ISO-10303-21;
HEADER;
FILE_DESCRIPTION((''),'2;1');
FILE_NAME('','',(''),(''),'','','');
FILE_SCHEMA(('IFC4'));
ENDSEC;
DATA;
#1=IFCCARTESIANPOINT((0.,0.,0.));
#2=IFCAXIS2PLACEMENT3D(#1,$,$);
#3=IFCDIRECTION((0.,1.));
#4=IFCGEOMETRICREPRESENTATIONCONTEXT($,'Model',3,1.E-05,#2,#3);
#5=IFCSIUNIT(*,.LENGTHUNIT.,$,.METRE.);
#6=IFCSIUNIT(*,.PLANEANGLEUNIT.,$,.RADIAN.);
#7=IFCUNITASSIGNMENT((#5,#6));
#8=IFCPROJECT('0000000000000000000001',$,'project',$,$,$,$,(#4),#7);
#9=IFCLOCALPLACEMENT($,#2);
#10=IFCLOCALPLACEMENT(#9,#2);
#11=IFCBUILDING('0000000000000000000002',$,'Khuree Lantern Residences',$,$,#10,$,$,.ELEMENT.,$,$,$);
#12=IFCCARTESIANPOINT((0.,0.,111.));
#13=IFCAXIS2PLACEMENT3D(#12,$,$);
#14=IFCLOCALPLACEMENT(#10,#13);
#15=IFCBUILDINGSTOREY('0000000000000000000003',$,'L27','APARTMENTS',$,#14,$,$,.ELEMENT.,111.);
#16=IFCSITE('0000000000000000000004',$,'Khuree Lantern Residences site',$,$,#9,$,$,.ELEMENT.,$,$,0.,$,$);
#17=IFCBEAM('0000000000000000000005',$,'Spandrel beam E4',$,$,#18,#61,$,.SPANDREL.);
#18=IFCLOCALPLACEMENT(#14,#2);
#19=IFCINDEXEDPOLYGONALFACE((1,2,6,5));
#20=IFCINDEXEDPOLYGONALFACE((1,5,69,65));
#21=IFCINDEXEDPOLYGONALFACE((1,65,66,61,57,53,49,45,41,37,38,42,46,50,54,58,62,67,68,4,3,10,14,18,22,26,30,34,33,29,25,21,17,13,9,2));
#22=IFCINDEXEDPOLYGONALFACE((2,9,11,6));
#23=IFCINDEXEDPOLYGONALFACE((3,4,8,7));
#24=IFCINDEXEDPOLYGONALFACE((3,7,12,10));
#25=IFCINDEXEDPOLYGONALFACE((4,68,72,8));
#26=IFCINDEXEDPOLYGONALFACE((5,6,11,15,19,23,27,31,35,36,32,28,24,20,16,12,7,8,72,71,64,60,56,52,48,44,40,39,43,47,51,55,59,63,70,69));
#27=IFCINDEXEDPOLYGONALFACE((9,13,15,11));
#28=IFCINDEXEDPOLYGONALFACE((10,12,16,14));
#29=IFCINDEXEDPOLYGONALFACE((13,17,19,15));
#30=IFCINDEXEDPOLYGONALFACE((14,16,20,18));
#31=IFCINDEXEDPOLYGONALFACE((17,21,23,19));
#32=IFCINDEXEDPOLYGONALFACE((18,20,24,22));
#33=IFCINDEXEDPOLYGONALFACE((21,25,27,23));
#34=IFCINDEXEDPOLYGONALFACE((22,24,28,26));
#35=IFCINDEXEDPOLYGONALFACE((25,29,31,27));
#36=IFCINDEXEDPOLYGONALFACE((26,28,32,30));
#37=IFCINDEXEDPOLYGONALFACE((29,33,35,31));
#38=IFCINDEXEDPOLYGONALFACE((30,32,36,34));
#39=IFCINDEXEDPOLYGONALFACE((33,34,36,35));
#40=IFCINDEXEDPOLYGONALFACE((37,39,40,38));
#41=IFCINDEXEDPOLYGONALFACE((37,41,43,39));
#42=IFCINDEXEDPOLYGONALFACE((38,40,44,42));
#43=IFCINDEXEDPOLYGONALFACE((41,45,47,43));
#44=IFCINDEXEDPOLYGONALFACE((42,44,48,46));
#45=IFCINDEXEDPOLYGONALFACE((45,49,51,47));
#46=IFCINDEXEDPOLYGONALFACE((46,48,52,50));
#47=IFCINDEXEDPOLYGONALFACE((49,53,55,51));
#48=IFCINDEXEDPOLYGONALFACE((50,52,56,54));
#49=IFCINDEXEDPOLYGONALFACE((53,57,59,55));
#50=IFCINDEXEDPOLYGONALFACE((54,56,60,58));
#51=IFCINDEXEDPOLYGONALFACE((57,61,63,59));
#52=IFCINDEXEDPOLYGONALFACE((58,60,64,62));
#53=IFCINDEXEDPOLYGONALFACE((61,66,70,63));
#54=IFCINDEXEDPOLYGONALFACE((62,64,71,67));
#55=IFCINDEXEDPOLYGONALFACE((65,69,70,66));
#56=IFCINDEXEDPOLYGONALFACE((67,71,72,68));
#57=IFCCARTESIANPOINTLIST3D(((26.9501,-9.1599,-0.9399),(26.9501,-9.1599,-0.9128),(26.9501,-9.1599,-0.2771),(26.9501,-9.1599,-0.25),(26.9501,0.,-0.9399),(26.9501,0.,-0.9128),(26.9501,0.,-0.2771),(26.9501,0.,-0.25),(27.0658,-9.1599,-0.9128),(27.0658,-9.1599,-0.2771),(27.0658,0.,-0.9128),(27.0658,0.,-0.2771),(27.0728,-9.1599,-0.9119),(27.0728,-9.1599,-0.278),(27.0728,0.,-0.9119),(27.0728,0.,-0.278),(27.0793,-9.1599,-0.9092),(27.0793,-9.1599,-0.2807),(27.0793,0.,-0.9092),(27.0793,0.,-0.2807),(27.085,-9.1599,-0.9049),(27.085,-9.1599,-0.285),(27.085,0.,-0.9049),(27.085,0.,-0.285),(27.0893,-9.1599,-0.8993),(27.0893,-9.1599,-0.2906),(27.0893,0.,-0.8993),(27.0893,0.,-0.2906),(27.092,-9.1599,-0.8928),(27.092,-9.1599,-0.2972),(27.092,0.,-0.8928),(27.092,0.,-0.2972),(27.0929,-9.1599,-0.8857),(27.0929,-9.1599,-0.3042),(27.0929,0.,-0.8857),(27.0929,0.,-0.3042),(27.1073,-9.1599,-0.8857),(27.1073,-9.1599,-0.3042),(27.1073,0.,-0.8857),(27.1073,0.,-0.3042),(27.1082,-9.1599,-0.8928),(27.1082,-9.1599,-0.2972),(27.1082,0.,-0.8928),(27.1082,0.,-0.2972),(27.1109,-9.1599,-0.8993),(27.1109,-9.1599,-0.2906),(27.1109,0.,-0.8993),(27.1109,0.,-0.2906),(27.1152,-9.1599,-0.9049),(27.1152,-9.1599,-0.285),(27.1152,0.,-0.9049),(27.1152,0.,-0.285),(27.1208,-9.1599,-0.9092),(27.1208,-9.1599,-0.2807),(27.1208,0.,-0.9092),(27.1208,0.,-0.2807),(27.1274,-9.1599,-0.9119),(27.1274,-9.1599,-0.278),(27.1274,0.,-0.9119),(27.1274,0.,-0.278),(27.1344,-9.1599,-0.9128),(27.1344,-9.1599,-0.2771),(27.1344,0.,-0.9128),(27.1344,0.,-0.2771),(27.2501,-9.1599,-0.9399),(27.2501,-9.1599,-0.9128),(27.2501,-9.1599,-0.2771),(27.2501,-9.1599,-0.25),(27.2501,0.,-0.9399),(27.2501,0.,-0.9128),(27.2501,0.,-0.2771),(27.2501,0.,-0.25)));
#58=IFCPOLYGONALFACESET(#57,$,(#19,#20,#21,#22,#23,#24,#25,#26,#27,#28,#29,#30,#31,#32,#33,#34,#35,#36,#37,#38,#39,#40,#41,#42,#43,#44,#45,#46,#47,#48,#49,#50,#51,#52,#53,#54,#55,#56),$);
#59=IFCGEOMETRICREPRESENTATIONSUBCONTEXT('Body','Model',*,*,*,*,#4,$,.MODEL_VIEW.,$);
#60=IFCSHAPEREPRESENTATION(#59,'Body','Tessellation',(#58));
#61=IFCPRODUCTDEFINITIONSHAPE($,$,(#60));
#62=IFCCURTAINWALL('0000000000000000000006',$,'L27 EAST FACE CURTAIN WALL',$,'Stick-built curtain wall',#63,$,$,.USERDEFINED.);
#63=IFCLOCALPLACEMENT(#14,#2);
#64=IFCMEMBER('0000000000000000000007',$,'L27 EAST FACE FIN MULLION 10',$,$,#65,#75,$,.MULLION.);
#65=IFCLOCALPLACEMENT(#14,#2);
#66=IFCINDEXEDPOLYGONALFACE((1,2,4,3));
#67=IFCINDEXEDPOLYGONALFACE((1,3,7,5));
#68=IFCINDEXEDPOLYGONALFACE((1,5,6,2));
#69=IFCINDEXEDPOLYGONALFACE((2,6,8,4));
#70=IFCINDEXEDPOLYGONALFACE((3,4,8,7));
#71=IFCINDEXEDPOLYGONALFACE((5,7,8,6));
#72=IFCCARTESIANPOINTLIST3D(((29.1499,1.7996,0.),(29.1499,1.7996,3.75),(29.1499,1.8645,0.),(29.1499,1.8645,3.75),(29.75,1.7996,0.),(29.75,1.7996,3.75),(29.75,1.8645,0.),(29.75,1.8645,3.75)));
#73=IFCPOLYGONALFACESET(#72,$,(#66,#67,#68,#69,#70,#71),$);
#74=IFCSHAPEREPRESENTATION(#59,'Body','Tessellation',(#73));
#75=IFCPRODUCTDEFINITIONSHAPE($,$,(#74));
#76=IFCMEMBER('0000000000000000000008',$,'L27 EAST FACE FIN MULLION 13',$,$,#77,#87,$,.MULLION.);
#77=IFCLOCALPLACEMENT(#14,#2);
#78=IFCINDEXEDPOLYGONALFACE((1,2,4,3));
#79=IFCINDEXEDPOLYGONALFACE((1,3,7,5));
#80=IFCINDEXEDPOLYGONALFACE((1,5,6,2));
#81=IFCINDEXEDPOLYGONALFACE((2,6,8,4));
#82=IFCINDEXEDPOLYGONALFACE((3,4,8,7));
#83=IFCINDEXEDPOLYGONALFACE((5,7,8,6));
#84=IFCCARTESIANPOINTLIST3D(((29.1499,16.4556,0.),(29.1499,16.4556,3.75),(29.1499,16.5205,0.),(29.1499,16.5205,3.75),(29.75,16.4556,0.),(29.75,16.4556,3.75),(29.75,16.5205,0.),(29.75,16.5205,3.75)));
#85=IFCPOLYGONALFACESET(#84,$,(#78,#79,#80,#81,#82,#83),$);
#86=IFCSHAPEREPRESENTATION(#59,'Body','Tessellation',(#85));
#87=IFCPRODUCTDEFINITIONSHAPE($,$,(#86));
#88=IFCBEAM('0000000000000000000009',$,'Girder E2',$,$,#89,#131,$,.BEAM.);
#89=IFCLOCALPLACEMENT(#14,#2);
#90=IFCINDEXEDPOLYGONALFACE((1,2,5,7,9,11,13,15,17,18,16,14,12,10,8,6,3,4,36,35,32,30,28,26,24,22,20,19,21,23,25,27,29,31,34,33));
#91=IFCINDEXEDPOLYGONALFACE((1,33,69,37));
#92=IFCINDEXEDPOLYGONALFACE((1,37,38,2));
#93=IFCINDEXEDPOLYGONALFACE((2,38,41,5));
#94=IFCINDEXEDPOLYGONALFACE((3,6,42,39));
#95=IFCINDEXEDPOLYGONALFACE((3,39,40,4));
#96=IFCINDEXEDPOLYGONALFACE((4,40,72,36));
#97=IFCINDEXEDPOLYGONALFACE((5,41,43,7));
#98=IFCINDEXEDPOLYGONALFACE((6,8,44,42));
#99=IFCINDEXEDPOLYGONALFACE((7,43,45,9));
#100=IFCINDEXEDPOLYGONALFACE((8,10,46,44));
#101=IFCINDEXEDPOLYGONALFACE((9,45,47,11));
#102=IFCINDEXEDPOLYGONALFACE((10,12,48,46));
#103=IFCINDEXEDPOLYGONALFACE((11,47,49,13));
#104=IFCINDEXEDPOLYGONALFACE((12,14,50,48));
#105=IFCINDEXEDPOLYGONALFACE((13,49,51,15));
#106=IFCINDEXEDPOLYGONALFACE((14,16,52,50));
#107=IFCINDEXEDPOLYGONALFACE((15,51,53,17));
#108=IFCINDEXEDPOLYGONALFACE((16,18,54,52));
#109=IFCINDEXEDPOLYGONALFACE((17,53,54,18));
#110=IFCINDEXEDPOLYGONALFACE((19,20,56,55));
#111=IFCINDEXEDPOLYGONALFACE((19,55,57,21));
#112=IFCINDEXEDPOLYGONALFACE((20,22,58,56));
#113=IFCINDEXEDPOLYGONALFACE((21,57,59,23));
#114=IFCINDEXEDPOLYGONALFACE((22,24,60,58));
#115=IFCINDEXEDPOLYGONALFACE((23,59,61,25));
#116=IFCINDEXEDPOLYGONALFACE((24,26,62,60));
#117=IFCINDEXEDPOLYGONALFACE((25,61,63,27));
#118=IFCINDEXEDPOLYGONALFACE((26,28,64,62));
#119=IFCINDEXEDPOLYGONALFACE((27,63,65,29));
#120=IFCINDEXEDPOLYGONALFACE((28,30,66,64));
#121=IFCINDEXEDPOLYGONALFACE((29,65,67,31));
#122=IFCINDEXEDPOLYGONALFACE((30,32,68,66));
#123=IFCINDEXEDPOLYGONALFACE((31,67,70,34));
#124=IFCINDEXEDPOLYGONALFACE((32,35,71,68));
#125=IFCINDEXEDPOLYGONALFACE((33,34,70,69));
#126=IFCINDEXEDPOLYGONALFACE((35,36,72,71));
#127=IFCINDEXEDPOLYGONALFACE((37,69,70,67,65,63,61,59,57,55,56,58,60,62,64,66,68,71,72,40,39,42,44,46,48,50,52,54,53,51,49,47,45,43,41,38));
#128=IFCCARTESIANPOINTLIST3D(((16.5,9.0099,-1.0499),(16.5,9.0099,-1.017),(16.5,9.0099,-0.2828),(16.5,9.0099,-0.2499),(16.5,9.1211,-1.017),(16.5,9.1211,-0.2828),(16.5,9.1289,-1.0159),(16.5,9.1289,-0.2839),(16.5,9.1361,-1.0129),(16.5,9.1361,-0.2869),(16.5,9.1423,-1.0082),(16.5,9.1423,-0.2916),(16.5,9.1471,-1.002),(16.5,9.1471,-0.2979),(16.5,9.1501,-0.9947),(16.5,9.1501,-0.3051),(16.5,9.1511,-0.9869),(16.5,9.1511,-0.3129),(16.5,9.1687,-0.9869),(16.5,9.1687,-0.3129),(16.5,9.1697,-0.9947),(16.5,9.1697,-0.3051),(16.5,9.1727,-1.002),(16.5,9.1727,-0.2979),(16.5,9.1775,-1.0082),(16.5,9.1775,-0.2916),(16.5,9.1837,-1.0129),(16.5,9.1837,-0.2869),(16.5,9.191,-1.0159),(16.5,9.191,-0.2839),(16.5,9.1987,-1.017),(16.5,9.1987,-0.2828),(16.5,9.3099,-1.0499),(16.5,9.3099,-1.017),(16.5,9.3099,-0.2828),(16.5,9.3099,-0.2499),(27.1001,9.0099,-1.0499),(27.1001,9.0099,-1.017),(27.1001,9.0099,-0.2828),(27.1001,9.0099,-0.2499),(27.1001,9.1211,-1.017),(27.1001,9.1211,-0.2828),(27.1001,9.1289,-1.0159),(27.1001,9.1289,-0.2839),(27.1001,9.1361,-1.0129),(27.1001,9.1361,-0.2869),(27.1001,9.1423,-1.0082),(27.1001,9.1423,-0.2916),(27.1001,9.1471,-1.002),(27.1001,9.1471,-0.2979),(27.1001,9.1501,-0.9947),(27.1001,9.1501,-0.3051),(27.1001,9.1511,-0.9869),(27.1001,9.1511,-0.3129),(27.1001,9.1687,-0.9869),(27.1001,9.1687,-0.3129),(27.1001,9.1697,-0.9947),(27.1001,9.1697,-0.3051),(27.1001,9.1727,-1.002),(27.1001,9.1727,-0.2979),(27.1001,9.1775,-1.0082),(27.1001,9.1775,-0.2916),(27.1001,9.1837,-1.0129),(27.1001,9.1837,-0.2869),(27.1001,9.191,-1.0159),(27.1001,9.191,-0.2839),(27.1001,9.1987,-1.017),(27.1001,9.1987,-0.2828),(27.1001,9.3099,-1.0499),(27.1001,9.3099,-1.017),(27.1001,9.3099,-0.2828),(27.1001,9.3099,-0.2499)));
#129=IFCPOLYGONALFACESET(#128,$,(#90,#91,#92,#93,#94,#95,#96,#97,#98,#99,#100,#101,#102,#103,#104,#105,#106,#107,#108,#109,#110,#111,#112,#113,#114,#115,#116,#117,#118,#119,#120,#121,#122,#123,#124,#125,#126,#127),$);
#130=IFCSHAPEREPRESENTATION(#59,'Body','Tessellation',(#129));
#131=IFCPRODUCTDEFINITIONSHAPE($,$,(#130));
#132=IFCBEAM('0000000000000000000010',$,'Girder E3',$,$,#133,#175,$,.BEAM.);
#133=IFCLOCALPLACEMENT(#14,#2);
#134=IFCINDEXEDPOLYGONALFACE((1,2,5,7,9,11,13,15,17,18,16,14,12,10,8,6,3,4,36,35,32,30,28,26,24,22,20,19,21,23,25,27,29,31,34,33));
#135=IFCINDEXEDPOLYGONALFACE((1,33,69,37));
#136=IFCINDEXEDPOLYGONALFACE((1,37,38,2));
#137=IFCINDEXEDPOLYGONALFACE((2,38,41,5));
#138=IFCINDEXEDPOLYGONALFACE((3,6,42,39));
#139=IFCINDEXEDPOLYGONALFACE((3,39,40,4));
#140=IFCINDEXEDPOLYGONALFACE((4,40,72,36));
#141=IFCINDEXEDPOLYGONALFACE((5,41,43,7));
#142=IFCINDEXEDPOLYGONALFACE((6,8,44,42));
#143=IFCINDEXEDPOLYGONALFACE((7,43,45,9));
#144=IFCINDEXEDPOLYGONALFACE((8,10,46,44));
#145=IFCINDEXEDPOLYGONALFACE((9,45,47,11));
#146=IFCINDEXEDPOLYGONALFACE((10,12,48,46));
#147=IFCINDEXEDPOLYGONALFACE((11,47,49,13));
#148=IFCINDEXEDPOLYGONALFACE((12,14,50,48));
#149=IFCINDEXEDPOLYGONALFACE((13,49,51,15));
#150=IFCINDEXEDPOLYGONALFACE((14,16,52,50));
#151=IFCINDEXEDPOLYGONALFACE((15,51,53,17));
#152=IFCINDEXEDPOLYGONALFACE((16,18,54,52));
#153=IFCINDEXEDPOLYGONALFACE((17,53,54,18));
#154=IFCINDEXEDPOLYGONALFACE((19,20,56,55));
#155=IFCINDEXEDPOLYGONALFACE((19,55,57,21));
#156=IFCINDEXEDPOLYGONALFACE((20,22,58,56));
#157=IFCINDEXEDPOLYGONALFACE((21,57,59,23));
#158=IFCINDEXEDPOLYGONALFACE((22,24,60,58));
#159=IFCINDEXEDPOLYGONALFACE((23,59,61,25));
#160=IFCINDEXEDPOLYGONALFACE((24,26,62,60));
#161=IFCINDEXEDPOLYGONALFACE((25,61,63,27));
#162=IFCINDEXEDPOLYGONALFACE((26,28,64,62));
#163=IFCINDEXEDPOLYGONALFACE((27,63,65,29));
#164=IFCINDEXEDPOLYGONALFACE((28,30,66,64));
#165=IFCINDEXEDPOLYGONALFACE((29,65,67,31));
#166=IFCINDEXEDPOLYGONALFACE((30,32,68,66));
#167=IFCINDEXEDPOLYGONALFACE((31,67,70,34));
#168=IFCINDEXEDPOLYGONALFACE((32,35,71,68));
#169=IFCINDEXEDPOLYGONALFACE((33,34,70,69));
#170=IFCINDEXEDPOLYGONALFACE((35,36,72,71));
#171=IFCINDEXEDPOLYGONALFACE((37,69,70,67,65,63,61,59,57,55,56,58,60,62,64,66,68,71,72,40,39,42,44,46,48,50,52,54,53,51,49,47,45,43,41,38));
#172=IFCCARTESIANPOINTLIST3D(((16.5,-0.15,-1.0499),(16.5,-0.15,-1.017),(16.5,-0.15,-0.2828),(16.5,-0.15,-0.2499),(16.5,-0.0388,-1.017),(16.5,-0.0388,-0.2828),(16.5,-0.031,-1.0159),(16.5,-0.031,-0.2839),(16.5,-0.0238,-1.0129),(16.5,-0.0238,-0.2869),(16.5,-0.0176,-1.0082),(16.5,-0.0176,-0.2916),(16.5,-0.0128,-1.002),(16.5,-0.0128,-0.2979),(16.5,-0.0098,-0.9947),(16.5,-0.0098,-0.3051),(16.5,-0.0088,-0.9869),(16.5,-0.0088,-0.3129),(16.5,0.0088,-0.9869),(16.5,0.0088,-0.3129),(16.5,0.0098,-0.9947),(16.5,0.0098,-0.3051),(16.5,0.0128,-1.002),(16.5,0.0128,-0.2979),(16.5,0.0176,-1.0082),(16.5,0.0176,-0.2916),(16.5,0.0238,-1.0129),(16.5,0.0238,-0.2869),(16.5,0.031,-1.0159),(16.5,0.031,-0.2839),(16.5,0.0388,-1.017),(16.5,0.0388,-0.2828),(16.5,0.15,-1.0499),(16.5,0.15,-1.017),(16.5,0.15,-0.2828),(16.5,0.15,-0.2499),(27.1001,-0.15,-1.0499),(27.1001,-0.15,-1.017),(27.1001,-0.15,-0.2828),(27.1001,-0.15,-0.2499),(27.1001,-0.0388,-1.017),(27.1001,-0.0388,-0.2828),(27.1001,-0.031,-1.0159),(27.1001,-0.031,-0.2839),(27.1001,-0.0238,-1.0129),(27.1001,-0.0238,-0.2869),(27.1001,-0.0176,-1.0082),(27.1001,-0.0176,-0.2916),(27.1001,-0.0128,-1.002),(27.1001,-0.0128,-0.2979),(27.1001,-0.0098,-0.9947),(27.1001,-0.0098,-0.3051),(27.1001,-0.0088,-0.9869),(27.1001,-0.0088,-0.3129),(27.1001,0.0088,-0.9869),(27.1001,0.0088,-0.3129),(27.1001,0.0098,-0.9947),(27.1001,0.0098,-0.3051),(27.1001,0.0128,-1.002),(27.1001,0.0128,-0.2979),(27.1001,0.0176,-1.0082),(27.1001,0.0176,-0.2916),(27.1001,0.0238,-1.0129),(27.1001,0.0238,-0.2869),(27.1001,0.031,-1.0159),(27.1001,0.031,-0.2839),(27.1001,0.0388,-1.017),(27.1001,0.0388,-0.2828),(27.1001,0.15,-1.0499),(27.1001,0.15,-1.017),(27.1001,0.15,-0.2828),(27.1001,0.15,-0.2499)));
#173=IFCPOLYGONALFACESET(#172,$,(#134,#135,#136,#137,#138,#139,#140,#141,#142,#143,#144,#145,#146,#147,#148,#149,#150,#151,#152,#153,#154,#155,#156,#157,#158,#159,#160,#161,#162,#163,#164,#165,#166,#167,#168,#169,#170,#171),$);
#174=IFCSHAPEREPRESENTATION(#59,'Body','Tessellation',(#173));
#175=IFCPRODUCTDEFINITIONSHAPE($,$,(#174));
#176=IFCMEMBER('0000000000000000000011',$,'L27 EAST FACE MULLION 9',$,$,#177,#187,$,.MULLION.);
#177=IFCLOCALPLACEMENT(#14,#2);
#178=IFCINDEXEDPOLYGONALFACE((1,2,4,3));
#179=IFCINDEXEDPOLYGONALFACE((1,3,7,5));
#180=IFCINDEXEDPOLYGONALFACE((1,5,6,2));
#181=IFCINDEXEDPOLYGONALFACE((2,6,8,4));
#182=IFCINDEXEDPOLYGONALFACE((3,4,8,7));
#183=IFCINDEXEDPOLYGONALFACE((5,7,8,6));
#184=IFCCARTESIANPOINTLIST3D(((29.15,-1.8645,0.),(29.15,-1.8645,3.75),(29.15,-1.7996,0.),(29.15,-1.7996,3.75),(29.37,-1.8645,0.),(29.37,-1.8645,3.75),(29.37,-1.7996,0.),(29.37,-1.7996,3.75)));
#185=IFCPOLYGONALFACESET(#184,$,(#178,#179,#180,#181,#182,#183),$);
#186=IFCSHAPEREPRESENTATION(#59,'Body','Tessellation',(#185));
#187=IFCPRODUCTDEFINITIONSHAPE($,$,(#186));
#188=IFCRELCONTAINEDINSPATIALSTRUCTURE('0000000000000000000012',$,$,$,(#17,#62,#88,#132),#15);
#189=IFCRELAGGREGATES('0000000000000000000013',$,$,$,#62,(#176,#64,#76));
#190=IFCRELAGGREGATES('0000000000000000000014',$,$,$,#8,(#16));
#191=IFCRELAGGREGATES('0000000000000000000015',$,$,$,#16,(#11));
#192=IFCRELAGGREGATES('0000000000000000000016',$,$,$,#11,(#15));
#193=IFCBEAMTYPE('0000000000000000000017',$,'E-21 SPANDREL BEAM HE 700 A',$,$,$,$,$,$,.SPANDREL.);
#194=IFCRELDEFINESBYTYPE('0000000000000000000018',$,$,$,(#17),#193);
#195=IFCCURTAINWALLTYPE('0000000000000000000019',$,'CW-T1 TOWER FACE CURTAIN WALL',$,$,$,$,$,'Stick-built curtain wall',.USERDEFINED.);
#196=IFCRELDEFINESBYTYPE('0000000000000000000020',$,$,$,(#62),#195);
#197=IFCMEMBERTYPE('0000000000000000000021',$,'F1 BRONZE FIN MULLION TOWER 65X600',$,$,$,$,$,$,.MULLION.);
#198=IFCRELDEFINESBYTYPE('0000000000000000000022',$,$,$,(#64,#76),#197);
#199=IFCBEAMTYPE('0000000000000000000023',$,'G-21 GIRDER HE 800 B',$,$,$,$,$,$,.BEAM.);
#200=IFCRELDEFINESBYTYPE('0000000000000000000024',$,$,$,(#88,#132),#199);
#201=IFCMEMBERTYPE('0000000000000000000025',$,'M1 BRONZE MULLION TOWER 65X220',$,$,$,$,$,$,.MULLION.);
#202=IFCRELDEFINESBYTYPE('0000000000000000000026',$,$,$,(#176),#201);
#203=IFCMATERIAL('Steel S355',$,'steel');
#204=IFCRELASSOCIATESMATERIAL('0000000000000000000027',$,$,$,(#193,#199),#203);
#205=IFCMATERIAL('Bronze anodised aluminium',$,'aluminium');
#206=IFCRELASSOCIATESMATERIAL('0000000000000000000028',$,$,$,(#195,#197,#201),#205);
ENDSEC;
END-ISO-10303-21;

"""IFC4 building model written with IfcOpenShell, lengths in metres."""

from ifc_helpers import new_model, si_unit, direction, frame, origin, origin_2d, place, context, subcontext, project, spatial, rectangle, i_section, extrude, material, material_profile, profile_set, type_object, element, aggregate, save


model = new_model("IFC4")

# Units and contexts
model_context = context("Model", 3, precision=1e-05, world=origin(), true_north=direction((0.0, 1.0)))
body_context = subcontext(model_context, "Body", "Model", "MODEL_VIEW")
ifc_project = project(units=[si_unit("LENGTHUNIT", "METRE"), si_unit("PLANEANGLEUNIT", "RADIAN")], contexts=[model_context])

# Site, building, storey
site_placement = place(None, origin())
site = spatial("IfcSite", under=ifc_project, at=site_placement, Name="Khuree Lantern Residences site", CompositionType="ELEMENT", RefElevation=0.0)
building_placement = place(site_placement, origin())
building = spatial("IfcBuilding", under=site, at=building_placement, Name="Khuree Lantern Residences", CompositionType="ELEMENT")
storey_placement = place(building_placement, frame((0.0, 0.0, 111.0)))
storey = spatial("IfcBuildingStorey", under=building, at=storey_placement, Name="L27", Description="APARTMENTS", CompositionType="ELEMENT", Elevation=111.0)

# Beam
ifc_material_1 = material(Name="Steel S355", Category="steel")
ifc_material_profile_1 = material_profile(ifc_material_1, i_section(OverallWidth=0.3, OverallDepth=0.6899, WebThickness=0.0144, FlangeThickness=0.0271, FilletRadius=0.0271, at=origin_2d()), Name="HE 700 A")
ifc_profile_set_1 = profile_set([ifc_material_profile_1], Name="Steel S355")
beam_type_1 = type_object("IfcBeamType", Name="E-21 SPANDREL BEAM HE 700 A", PredefinedType="SPANDREL", material=ifc_profile_set_1)
for number, where, z_axis, x_axis, name in (
    (1, (27.1001, 0.0, -0.595), (0.0, -1.0, 0.0), (1.0, 0.0, 0.0), "Spandrel beam E4"),
):
    element("IfcBeam", number, at=place(storey_placement, frame(where, z_axis=z_axis, x_axis=x_axis)), inside=storey, type_object=beam_type_1, Name=name, PredefinedType="SPANDREL", context=body_context, shape_type="SweptSolid", body=[
        extrude(i_section(OverallWidth=0.3, OverallDepth=0.6899, WebThickness=0.0144, FlangeThickness=0.0271, FilletRadius=0.0271, at=origin_2d()), origin(), (0.0, 0.0, 1.0), 9.1599),
    ])

# Curtain wall, members
ifc_material_2 = material(Name="Bronze anodised aluminium", Category="aluminium")
curtain_wall_type = type_object("IfcCurtainWallType", Name="CW-T1 TOWER FACE CURTAIN WALL", ElementType="Stick-built curtain wall", PredefinedType="USERDEFINED", material=ifc_material_2)
curtain_wall_placement = place(storey_placement, origin())
curtain_wall = element("IfcCurtainWall", 2, at=curtain_wall_placement, inside=storey, type_object=curtain_wall_type, Name="L27 EAST FACE CURTAIN WALL", ObjectType="Stick-built curtain wall", PredefinedType="USERDEFINED")
ifc_material_profile_2 = material_profile(ifc_material_2, rectangle(XDim=0.0649, YDim=0.6001, at=origin_2d()), Name="F1 65X600")
ifc_profile_set_2 = profile_set([ifc_material_profile_2], Name="Bronze anodised aluminium")
member_type_1 = type_object("IfcMemberType", Name="F1 BRONZE FIN MULLION TOWER 65X600", PredefinedType="MULLION", material=ifc_profile_set_2)
member_1_placement = place(storey_placement, frame((29.45, 1.832, 0.0), z_axis=(0.0, 0.0, 1.0), x_axis=(0.0, 1.0, 0.0)))
member_1 = element("IfcMember", 3, at=member_1_placement, type_object=member_type_1, Name="L27 EAST FACE FIN MULLION 10", PredefinedType="MULLION", context=body_context, shape_type="SweptSolid", body=[
    extrude(rectangle(XDim=0.0649, YDim=0.6001, at=origin_2d()), origin(), (0.0, 0.0, 1.0), 3.75),
])
member_2_placement = place(storey_placement, frame((29.45, 16.488, 0.0), z_axis=(0.0, 0.0, 1.0), x_axis=(0.0, 1.0, 0.0)))
member_2 = element("IfcMember", 4, at=member_2_placement, type_object=member_type_1, Name="L27 EAST FACE FIN MULLION 13", PredefinedType="MULLION", context=body_context, shape_type="SweptSolid", body=[
    extrude(rectangle(XDim=0.0649, YDim=0.6001, at=origin_2d()), origin(), (0.0, 0.0, 1.0), 3.75),
])

# Beams
ifc_material_profile_3 = material_profile(ifc_material_1, i_section(OverallWidth=0.3, OverallDepth=0.8, WebThickness=0.0176, FlangeThickness=0.033, FilletRadius=0.03, at=origin_2d()), Name="HE 800 B")
ifc_profile_set_3 = profile_set([ifc_material_profile_3], Name="Steel S355")
beam_type_2 = type_object("IfcBeamType", Name="G-21 GIRDER HE 800 B", PredefinedType="BEAM", material=ifc_profile_set_3)
for number, where, z_axis, x_axis, name in (
    (5, (27.1001, 9.1599, -0.6499), (-1.0, 0.0, 0.0), (0.0, -1.0, 0.0), "Girder E2"),
    (6, (27.1001, 0.0, -0.6499), (-1.0, 0.0, 0.0), (0.0, -1.0, 0.0), "Girder E3"),
):
    element("IfcBeam", number, at=place(storey_placement, frame(where, z_axis=z_axis, x_axis=x_axis)), inside=storey, type_object=beam_type_2, Name=name, PredefinedType="BEAM", context=body_context, shape_type="SweptSolid", body=[
        extrude(i_section(OverallWidth=0.3, OverallDepth=0.8, WebThickness=0.0176, FlangeThickness=0.033, FilletRadius=0.03, at=origin_2d()), origin(), (0.0, 0.0, 1.0), 10.6001),
    ])

# Member
ifc_material_profile_4 = material_profile(ifc_material_2, rectangle(XDim=0.0649, YDim=0.22, at=origin_2d()), Name="M1 65X220")
ifc_profile_set_4 = profile_set([ifc_material_profile_4], Name="Bronze anodised aluminium")
member_type_2 = type_object("IfcMemberType", Name="M1 BRONZE MULLION TOWER 65X220", PredefinedType="MULLION", material=ifc_profile_set_4)
member_3_placement = place(storey_placement, frame((29.26, -1.832, 0.0), z_axis=(0.0, 0.0, 1.0), x_axis=(0.0, 1.0, 0.0)))
member_3 = element("IfcMember", 7, at=member_3_placement, type_object=member_type_2, Name="L27 EAST FACE MULLION 9", PredefinedType="MULLION", context=body_context, shape_type="SweptSolid", body=[
    extrude(rectangle(XDim=0.0649, YDim=0.22, at=origin_2d()), origin(), (0.0, 0.0, 1.0), 3.75),
])

aggregate(curtain_wall, [member_3, member_1, member_2])

save(model, "model.ifc")
